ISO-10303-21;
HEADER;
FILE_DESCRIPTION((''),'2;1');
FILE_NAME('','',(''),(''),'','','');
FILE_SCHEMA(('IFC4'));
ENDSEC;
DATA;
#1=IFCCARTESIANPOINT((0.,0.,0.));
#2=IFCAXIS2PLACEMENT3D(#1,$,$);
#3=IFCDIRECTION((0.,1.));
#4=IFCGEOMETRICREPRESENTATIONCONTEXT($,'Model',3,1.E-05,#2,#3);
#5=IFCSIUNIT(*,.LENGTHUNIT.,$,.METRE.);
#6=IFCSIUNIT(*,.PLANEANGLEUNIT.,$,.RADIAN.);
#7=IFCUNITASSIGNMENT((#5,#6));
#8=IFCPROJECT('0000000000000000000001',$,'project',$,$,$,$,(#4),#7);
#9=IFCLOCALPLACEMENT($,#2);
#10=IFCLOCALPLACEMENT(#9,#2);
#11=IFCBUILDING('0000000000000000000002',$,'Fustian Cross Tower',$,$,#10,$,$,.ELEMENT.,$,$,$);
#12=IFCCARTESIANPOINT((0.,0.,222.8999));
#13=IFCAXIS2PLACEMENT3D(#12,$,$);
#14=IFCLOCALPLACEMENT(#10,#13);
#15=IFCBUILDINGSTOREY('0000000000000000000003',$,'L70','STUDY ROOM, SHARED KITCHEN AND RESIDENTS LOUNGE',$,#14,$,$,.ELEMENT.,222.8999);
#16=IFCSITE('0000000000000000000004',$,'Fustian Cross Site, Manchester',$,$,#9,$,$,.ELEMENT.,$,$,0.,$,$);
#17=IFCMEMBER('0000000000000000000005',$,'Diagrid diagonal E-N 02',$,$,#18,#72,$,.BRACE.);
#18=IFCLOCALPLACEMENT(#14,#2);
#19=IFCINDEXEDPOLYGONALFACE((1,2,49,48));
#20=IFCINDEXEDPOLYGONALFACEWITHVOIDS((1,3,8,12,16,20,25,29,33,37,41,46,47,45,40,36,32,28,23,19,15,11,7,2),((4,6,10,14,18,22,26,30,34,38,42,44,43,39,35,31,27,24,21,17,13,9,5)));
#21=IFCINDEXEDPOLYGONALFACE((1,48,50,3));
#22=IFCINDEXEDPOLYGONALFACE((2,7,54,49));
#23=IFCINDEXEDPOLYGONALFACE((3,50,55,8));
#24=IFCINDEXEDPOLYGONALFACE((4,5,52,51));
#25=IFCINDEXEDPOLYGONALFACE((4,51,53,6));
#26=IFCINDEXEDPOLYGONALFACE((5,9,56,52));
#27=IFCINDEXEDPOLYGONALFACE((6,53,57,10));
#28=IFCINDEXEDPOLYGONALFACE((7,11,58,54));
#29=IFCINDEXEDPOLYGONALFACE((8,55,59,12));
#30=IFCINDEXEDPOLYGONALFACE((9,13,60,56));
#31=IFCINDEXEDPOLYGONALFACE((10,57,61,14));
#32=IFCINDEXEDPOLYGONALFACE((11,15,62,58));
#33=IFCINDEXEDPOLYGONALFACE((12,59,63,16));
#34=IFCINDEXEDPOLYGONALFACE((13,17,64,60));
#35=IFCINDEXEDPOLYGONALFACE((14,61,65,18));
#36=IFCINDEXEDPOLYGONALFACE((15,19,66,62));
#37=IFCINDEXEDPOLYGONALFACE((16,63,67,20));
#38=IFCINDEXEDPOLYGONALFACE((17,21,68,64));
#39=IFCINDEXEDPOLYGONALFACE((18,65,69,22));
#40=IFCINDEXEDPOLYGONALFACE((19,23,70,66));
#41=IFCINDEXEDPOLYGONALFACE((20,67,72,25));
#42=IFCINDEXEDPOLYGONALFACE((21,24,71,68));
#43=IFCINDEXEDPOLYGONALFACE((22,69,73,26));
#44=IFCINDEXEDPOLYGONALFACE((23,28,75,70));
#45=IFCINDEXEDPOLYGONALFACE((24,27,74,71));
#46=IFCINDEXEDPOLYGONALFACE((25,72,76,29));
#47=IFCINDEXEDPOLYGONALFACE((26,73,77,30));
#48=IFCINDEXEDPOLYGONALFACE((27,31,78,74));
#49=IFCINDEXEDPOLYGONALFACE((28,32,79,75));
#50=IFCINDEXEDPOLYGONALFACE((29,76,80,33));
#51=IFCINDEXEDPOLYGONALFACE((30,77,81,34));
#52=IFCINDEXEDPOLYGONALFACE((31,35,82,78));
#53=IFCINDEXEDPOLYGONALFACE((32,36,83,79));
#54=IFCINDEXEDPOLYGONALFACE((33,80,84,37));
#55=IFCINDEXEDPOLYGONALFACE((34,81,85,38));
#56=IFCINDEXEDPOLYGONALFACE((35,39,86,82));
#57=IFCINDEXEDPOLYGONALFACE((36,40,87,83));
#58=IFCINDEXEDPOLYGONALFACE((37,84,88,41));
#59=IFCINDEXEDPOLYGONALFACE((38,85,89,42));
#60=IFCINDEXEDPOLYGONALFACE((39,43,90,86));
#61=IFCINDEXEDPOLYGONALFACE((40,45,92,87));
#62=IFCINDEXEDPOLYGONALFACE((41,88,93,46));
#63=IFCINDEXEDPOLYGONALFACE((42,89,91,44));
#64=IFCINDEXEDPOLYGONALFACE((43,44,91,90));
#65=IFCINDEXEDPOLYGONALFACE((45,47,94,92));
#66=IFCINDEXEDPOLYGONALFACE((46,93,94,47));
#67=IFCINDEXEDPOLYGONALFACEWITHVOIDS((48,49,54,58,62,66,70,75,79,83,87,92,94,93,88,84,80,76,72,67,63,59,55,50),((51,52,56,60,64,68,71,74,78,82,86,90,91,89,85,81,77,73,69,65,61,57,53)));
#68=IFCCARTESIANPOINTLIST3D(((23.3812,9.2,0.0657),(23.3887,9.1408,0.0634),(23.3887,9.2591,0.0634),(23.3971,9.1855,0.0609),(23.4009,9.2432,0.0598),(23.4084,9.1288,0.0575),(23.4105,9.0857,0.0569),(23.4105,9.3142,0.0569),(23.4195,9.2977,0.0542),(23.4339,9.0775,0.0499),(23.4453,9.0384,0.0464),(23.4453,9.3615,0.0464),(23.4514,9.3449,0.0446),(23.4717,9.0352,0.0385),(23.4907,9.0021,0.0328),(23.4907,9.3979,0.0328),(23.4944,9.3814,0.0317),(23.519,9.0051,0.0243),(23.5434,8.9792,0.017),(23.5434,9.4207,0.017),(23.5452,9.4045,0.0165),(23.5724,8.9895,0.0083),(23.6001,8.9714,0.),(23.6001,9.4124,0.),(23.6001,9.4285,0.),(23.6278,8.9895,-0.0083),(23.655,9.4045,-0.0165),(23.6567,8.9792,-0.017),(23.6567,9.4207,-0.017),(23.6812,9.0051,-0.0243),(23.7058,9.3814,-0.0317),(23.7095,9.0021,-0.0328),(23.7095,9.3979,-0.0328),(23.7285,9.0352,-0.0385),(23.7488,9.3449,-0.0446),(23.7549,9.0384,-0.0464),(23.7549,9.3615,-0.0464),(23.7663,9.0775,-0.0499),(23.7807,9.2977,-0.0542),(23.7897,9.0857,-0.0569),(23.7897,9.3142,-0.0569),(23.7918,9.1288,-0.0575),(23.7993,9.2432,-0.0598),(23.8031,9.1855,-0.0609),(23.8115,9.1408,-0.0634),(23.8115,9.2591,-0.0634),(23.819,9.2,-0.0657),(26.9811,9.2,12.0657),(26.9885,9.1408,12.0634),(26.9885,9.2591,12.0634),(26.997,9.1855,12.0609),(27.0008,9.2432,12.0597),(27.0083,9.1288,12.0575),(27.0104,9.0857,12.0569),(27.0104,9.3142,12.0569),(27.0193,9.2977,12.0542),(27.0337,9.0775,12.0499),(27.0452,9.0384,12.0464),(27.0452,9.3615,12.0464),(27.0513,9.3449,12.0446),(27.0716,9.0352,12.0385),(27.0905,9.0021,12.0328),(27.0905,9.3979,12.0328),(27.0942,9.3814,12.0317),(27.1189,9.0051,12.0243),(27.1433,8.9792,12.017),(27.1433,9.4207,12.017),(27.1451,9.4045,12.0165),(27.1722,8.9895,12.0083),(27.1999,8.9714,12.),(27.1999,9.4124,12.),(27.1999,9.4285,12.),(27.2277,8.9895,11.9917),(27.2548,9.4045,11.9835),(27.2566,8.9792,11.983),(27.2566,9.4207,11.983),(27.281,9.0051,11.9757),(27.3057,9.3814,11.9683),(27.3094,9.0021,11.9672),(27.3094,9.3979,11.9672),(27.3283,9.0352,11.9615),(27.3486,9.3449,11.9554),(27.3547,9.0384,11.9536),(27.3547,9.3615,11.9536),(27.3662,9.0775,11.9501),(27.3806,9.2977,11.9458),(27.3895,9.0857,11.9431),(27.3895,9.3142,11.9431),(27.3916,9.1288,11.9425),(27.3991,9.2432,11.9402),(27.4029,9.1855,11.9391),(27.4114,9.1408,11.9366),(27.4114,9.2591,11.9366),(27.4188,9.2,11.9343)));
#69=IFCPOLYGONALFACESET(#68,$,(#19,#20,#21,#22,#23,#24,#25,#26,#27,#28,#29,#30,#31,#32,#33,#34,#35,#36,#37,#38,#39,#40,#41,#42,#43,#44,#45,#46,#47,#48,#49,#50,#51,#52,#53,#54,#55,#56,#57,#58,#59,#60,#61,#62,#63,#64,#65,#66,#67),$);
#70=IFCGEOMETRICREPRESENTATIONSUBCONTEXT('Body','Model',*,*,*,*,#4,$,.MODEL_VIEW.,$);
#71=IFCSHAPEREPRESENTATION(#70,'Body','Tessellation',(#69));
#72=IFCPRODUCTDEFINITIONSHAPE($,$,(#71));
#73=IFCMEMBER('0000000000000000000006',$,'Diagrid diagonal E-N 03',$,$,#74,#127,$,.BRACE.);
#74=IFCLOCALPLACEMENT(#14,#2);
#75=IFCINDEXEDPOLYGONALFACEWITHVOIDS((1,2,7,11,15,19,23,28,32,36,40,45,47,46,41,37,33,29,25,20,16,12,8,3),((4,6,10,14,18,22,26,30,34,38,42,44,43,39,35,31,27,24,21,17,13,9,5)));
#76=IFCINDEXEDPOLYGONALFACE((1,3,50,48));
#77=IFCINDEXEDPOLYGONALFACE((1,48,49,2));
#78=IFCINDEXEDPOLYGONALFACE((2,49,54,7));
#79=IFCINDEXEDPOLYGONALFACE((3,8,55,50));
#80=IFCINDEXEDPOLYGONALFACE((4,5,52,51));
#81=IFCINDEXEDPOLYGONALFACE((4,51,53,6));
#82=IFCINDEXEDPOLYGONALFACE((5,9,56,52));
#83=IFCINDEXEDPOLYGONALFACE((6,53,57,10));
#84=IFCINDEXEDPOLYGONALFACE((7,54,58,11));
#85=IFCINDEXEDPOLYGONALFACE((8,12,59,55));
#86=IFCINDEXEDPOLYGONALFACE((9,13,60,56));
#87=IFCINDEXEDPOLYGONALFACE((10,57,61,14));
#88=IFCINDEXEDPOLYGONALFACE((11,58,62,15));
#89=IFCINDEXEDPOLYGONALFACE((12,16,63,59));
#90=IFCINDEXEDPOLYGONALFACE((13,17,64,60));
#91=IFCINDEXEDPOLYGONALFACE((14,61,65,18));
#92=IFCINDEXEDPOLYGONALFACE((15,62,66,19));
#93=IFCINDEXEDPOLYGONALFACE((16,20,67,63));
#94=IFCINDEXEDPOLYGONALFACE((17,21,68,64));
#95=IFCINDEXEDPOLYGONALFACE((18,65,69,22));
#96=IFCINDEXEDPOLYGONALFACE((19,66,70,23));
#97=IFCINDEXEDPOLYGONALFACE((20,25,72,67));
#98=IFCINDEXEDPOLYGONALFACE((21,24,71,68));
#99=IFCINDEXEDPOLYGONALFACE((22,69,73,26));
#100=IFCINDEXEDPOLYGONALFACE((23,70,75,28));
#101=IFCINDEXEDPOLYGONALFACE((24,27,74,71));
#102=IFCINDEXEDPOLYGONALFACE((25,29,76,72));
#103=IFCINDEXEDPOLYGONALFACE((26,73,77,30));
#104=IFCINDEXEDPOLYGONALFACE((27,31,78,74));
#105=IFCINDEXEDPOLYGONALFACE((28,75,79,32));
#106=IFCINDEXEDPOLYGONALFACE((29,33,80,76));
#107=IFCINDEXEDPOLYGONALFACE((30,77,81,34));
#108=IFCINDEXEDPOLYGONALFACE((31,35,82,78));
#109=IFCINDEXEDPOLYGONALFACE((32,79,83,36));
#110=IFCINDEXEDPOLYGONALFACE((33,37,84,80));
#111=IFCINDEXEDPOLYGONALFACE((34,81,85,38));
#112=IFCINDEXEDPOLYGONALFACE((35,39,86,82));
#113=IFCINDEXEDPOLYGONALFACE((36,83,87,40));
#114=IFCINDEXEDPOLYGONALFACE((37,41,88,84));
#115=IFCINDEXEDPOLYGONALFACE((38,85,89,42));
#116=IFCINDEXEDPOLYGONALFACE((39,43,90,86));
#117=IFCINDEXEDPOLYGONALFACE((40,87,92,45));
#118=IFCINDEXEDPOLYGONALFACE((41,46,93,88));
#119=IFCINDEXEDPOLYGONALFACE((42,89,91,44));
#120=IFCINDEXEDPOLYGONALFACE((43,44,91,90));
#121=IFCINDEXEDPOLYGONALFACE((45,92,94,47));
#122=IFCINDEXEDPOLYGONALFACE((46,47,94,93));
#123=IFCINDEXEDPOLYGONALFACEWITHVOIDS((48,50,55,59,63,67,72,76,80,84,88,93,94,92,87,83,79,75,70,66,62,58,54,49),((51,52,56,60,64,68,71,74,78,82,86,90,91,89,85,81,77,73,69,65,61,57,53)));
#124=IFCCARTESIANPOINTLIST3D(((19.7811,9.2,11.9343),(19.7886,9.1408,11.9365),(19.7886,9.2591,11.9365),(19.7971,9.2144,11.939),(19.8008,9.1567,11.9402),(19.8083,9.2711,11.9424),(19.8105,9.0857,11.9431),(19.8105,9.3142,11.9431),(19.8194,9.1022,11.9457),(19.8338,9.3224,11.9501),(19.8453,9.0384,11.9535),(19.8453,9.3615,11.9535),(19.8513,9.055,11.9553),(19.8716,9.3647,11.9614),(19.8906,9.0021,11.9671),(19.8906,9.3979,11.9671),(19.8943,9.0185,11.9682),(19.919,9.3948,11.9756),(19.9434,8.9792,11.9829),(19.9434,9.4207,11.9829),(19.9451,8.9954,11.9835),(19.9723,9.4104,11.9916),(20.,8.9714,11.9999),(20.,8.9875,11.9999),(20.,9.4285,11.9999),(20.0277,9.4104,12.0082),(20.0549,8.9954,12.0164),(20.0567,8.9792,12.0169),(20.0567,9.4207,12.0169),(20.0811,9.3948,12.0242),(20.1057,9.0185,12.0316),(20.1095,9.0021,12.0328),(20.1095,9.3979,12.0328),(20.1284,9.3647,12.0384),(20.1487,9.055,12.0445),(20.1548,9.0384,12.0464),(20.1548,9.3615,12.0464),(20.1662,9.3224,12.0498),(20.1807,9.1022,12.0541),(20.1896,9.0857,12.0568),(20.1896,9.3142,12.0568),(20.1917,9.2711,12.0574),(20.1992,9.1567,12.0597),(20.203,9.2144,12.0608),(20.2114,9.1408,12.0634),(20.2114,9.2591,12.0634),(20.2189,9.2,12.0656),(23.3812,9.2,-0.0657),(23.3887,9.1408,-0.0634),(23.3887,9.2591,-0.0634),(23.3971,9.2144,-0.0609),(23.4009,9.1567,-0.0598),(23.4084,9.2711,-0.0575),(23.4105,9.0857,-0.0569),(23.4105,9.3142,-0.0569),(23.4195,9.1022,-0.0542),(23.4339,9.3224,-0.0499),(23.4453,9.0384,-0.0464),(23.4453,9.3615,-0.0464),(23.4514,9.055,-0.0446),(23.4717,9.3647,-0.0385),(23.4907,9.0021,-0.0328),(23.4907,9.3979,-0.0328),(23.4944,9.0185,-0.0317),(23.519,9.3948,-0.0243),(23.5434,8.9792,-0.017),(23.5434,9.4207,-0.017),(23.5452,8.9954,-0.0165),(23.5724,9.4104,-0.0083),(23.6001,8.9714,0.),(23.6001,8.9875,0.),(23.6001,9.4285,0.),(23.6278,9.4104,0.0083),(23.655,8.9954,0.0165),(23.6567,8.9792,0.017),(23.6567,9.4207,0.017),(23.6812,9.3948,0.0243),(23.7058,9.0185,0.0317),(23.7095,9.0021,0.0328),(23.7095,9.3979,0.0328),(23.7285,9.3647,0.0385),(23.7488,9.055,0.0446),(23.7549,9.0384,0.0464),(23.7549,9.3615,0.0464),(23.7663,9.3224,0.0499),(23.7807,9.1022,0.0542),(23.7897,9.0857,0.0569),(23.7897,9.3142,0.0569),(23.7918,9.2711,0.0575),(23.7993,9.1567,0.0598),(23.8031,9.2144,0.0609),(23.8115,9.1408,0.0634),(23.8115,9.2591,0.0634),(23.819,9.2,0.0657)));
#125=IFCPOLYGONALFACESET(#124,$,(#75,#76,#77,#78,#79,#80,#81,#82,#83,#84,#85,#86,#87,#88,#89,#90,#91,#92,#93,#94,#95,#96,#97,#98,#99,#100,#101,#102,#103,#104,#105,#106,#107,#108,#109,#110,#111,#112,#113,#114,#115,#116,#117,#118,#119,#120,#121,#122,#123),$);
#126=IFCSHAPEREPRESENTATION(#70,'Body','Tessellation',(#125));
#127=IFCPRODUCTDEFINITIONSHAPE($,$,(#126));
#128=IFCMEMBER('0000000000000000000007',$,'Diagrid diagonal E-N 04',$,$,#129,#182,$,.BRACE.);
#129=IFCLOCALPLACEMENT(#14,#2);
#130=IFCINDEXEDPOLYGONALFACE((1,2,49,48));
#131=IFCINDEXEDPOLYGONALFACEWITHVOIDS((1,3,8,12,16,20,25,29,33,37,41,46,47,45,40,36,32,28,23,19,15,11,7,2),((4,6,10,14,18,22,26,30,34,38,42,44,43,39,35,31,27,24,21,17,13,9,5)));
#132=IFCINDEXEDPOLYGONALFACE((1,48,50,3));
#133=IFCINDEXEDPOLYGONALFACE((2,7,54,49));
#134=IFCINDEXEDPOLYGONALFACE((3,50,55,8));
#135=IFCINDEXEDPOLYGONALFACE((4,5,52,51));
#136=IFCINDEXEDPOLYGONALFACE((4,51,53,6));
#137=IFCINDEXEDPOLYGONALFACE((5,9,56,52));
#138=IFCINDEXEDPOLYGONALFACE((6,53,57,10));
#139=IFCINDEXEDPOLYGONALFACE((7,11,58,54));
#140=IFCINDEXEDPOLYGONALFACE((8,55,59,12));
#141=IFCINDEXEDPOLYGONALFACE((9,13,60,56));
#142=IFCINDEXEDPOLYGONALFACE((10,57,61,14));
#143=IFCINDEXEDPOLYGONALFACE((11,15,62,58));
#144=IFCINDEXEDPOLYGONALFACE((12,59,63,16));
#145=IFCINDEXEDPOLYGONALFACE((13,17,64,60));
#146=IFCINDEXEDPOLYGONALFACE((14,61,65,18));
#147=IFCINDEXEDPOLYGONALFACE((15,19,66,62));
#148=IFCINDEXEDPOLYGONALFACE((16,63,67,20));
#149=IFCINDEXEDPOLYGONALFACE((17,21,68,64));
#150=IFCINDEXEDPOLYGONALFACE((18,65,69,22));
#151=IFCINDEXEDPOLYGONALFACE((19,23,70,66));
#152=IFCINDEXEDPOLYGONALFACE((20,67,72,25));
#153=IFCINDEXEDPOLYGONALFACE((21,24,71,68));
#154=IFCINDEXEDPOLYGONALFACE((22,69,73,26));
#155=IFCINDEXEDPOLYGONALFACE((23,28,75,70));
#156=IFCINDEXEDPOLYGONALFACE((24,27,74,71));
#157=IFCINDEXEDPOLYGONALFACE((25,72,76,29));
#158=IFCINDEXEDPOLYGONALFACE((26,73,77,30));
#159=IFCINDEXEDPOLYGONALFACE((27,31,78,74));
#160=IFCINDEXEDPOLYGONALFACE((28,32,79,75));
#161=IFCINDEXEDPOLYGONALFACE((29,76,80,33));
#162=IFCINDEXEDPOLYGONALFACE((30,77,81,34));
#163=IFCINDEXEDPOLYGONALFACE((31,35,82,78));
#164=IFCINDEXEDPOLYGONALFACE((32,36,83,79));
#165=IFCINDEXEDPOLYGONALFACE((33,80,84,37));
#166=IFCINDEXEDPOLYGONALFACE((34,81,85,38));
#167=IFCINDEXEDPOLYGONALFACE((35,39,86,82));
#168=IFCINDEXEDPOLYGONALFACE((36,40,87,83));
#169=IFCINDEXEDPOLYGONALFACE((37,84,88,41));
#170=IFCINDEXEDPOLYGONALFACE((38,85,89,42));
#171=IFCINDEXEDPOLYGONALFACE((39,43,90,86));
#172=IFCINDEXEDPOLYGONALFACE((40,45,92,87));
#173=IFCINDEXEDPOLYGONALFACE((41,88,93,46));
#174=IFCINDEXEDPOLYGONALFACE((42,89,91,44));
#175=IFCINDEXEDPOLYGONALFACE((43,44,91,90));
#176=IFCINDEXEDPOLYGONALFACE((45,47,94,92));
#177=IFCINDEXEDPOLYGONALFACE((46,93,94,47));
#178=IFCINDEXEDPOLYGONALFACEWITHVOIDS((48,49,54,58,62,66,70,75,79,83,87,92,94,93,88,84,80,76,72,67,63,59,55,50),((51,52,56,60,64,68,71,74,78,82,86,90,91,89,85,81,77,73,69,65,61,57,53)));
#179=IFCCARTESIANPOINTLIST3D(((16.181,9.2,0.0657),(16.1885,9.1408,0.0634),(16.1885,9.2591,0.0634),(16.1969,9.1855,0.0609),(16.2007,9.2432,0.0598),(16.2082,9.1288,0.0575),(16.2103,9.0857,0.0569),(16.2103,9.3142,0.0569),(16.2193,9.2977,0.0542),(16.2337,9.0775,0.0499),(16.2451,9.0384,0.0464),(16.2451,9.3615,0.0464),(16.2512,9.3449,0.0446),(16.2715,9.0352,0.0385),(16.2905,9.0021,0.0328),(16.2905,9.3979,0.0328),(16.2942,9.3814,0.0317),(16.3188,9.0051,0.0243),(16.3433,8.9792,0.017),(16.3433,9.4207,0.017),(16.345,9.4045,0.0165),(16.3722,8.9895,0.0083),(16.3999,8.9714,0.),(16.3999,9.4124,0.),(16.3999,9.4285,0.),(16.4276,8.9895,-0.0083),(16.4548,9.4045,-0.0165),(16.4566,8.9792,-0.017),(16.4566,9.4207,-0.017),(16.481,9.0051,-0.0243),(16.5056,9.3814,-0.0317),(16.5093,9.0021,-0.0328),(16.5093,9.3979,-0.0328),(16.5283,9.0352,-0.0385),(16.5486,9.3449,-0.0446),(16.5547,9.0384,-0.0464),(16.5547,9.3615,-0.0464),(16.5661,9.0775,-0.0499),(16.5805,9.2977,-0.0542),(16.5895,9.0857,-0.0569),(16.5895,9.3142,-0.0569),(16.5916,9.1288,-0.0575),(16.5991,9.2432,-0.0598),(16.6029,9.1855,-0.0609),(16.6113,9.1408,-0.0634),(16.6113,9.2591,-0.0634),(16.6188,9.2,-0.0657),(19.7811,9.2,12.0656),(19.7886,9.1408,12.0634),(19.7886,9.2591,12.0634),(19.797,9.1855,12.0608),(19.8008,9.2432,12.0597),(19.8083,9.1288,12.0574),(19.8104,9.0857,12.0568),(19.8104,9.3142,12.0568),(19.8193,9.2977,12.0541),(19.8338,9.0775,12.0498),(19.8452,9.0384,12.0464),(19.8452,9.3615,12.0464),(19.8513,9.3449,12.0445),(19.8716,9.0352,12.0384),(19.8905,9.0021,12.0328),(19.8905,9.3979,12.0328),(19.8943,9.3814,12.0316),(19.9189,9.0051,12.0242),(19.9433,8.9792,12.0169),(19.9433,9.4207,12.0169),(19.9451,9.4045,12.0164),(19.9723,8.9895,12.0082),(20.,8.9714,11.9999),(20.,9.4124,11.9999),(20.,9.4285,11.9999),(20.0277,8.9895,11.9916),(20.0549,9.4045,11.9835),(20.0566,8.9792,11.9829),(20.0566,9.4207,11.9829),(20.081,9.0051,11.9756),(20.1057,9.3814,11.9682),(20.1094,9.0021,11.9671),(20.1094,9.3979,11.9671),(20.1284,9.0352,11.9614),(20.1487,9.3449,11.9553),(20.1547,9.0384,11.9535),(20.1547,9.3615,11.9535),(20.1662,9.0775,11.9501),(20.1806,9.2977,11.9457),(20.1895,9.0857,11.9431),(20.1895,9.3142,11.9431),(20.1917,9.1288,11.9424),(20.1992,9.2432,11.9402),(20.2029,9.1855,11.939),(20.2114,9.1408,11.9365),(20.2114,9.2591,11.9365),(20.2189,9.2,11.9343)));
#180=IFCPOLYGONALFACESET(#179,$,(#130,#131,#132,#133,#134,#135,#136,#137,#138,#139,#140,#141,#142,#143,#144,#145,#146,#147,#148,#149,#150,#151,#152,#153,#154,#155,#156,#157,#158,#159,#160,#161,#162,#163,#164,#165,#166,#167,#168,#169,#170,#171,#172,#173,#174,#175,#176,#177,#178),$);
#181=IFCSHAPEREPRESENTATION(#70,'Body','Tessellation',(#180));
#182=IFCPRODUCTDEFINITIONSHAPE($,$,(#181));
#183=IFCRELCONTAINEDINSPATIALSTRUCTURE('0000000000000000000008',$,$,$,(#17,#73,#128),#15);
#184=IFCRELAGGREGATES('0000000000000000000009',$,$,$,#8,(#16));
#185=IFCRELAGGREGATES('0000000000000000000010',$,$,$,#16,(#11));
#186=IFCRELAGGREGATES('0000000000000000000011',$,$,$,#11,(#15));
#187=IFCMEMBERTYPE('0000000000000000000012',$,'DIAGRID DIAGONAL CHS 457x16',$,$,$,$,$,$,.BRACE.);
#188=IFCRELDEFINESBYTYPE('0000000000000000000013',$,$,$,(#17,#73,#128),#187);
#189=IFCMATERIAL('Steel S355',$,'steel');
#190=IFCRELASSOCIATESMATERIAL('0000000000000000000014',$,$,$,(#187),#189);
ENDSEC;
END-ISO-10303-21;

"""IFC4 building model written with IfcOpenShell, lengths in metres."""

from ifc_helpers import new_model, si_unit, direction, frame, origin, origin_2d, place, context, subcontext, project, spatial, hollow_circle, extrude, material, material_profile, profile_set, type_object, element, save


model = new_model("IFC4")

# Units and contexts
model_context = context("Model", 3, precision=1e-05, world=origin(), true_north=direction((0.0, 1.0)))
body_context = subcontext(model_context, "Body", "Model", "MODEL_VIEW")
ifc_project = project(units=[si_unit("LENGTHUNIT", "METRE"), si_unit("PLANEANGLEUNIT", "RADIAN")], contexts=[model_context])

# Site, building, storey
site_placement = place(None, origin())
site = spatial("IfcSite", under=ifc_project, at=site_placement, Name="Fustian Cross Site, Manchester", CompositionType="ELEMENT", RefElevation=0.0)
building_placement = place(site_placement, origin())
building = spatial("IfcBuilding", under=site, at=building_placement, Name="Fustian Cross Tower", CompositionType="ELEMENT")
storey_placement = place(building_placement, frame((0.0, 0.0, 222.8999)))
storey = spatial("IfcBuildingStorey", under=building, at=storey_placement, Name="L70", Description="STUDY ROOM, SHARED KITCHEN AND RESIDENTS LOUNGE", CompositionType="ELEMENT", Elevation=222.8999)

# Members
ifc_material_1 = material(Name="Steel S355", Category="steel")
ifc_material_profile_1 = material_profile(ifc_material_1, hollow_circle(Radius=0.2285, WallThickness=0.0161, at=origin_2d()), Name="CHS 457x16")
ifc_profile_set_1 = profile_set([ifc_material_profile_1], Name="Steel S355")
member_type_1 = type_object("IfcMemberType", Name="DIAGRID DIAGONAL CHS 457x16", PredefinedType="BRACE", material=ifc_profile_set_1)
for number, where, z_axis, x_axis, name in (
    (1, (23.6001, 9.2, 0.0), (0.287337, 0.0, 0.95783), (0.0, 1.0, 0.0), "Diagrid diagonal E-N 02"),
    (2, (23.6001, 9.2, 0.0), (-0.287355, 0.0, 0.957824), (0.0, -1.0, 0.0), "Diagrid diagonal E-N 03"),
    (3, (16.3999, 9.2, 0.0), (0.287355, 0.0, 0.957824), (0.0, 1.0, 0.0), "Diagrid diagonal E-N 04"),
):
    element("IfcMember", number, at=place(storey_placement, frame(where, z_axis=z_axis, x_axis=x_axis)), inside=storey, type_object=member_type_1, Name=name, PredefinedType="BRACE", context=body_context, shape_type="SweptSolid", body=[
        extrude(hollow_circle(Radius=0.2285, WallThickness=0.0161, at=origin_2d()), origin(), (0.0, 0.0, 1.0), 12.5283),
    ])

save(model, "model.ifc")
